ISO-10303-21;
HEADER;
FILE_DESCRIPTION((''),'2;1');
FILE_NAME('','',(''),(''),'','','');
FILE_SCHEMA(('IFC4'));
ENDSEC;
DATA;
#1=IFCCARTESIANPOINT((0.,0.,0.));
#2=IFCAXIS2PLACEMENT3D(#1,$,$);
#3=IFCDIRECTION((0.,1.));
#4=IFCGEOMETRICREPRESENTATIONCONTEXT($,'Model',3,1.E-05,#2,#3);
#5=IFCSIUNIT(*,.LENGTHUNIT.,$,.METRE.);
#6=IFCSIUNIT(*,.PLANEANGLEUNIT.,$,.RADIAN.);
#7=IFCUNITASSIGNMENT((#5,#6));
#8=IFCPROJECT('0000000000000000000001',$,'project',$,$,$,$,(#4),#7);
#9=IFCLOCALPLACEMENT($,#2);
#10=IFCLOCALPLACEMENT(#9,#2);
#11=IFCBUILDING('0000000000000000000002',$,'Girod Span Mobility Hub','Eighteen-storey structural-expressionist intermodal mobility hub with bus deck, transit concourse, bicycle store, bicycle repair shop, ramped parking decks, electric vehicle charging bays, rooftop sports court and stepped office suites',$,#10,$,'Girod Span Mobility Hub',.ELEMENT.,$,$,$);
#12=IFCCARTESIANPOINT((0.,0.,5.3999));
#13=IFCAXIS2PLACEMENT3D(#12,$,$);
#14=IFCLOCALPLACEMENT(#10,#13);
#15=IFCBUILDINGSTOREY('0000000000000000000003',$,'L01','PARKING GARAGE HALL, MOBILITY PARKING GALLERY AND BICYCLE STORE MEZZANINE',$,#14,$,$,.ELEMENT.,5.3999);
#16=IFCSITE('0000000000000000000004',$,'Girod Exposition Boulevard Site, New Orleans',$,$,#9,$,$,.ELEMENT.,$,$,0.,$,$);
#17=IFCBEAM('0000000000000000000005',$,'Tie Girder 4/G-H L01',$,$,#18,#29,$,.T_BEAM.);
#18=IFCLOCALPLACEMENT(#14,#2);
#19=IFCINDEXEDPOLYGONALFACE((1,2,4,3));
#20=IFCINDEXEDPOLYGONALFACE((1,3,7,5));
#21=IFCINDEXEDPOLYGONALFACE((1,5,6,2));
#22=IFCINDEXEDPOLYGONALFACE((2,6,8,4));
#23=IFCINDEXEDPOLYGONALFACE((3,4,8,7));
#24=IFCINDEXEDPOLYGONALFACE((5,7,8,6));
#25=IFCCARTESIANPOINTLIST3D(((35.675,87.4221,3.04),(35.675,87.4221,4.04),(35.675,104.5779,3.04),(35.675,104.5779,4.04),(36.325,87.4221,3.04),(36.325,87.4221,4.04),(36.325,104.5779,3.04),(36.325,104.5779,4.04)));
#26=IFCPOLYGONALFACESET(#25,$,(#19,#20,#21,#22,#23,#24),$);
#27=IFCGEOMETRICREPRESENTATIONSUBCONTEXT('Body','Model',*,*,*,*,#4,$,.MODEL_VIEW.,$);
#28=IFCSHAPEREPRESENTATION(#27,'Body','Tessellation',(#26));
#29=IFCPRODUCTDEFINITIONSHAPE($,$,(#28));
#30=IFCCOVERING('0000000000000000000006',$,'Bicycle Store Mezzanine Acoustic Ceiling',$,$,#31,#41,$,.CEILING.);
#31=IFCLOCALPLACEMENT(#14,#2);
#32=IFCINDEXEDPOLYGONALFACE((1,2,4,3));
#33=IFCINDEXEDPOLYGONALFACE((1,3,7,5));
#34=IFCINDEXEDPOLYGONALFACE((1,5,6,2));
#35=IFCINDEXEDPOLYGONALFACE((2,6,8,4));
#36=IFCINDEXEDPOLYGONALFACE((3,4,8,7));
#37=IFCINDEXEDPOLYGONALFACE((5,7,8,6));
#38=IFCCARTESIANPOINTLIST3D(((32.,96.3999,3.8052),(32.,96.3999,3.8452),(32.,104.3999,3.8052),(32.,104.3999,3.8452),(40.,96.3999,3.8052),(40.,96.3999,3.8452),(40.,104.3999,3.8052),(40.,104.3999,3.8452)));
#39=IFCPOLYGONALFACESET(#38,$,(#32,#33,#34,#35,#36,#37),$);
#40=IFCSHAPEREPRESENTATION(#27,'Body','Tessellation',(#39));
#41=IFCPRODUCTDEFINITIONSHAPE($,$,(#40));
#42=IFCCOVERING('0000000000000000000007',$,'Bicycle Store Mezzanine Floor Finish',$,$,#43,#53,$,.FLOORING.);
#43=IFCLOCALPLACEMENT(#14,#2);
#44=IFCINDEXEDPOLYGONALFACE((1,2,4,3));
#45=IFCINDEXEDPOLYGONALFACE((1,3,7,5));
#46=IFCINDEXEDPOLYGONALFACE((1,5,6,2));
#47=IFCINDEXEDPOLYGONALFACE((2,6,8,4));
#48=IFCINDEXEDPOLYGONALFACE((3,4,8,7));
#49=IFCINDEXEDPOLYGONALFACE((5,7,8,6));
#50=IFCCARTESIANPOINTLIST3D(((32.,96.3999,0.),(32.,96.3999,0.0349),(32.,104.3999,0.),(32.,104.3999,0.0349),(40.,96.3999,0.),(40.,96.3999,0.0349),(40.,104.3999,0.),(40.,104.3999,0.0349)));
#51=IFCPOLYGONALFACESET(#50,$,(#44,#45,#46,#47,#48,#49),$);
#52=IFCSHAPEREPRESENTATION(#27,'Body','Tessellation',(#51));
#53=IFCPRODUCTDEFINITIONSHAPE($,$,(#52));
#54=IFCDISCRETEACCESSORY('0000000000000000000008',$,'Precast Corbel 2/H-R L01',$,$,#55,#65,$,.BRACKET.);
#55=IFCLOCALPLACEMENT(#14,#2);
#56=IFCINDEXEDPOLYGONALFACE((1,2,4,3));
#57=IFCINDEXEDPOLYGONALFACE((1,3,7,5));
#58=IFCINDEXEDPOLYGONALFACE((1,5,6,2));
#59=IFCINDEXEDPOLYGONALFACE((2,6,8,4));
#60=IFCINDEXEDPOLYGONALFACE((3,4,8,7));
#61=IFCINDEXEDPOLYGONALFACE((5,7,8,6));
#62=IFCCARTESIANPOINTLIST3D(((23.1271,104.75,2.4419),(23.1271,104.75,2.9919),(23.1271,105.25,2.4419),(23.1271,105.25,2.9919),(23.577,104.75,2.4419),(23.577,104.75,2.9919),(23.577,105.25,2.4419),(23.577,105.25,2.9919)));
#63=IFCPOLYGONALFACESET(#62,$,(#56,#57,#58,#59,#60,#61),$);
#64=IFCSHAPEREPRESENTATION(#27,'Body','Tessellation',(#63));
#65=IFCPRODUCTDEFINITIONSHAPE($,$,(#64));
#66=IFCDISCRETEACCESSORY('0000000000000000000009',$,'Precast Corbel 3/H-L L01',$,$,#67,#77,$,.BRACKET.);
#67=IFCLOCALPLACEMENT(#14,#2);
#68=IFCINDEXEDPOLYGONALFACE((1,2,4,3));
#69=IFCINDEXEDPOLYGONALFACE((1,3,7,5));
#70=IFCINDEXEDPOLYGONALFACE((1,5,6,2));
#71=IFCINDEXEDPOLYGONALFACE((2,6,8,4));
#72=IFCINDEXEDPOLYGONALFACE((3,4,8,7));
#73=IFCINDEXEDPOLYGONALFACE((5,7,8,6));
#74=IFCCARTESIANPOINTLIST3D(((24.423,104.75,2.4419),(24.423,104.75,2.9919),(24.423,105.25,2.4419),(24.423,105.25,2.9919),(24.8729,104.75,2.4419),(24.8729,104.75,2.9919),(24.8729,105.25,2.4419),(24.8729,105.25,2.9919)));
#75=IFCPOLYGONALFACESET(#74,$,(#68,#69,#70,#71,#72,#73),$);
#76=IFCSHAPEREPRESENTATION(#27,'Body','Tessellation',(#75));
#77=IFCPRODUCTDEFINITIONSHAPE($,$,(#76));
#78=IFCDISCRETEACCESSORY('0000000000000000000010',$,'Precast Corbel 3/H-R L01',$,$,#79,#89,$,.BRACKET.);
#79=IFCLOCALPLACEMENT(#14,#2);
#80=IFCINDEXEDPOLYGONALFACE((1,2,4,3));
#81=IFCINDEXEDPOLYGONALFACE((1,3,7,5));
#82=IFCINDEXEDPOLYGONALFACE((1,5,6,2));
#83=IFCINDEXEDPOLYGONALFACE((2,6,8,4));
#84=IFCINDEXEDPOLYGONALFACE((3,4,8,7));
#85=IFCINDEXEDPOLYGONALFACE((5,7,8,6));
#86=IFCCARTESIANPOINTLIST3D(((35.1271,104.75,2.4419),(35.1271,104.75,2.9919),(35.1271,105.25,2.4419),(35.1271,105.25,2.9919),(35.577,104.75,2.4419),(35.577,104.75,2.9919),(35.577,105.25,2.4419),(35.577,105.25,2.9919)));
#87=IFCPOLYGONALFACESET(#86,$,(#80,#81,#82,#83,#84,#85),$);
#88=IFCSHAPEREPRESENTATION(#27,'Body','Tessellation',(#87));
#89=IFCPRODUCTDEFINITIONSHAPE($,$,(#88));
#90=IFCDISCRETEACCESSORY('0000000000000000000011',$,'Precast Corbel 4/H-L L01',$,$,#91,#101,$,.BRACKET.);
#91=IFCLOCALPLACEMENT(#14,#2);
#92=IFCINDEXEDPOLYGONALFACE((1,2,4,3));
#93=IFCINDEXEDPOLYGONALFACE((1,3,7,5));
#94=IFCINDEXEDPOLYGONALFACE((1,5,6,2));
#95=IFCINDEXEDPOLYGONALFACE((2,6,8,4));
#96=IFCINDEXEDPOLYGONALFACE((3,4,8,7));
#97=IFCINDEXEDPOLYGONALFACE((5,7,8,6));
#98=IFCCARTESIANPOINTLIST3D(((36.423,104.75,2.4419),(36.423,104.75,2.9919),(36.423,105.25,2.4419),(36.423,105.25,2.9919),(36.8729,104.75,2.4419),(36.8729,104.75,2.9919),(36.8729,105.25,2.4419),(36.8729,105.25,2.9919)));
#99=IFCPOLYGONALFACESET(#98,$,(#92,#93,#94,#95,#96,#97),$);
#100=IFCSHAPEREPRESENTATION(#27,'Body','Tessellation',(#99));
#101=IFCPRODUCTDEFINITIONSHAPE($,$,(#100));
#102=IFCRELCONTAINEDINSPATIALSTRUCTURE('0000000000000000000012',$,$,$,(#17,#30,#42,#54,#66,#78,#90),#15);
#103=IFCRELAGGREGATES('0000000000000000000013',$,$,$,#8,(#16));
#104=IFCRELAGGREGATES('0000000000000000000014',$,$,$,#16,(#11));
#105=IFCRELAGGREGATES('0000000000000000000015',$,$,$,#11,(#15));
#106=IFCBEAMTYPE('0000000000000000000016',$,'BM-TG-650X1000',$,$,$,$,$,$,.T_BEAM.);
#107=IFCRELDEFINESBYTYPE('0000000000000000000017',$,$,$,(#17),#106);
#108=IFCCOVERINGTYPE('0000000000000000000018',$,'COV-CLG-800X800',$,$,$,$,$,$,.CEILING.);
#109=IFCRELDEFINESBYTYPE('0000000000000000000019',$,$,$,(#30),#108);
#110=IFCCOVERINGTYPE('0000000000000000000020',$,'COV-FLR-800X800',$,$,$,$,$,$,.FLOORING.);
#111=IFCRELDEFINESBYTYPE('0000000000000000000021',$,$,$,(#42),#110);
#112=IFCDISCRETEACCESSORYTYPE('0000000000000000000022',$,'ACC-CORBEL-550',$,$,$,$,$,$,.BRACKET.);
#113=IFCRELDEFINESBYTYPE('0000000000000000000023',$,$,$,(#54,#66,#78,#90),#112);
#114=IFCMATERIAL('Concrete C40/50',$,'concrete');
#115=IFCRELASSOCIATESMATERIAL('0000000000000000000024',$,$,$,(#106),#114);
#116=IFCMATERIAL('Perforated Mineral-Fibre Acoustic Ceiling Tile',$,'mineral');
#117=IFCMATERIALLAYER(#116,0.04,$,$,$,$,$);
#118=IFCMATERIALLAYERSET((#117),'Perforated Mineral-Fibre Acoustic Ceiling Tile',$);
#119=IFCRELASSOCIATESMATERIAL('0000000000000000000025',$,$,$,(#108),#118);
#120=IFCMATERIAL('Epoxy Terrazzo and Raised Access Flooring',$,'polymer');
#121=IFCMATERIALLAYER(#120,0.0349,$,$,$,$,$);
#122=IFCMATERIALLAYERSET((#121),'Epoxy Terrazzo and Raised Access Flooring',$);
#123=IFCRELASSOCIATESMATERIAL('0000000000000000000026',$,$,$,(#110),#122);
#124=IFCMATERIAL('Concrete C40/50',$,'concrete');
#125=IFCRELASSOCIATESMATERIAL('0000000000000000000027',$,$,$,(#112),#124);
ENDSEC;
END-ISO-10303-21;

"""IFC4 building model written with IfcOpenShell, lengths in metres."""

from ifc_helpers import new_model, si_unit, direction, frame, origin, origin_2d, place, context, subcontext, project, spatial, rectangle, extrude, material, layer, layer_set, material_profile, profile_set, type_object, element, save


model = new_model("IFC4")

# Units and contexts
model_context = context("Model", 3, precision=1e-05, world=origin(), true_north=direction((0.0, 1.0)))
body_context = subcontext(model_context, "Body", "Model", "MODEL_VIEW")
ifc_project = project(units=[si_unit("LENGTHUNIT", "METRE"), si_unit("PLANEANGLEUNIT", "RADIAN")], contexts=[model_context])

# Site, building, storey
site_placement = place(None, origin())
site = spatial("IfcSite", under=ifc_project, at=site_placement, Name="Girod Exposition Boulevard Site, New Orleans", CompositionType="ELEMENT", RefElevation=0.0)
building_placement = place(site_placement, origin())
building = spatial("IfcBuilding", under=site, at=building_placement, Name="Girod Span Mobility Hub", Description="Eighteen-storey structural-expressionist intermodal mobility hub with bus deck, transit concourse, bicycle store, bicycle repair shop, ramped parking decks, electric vehicle charging bays, rooftop sports court and stepped office suites", LongName="Girod Span Mobility Hub", CompositionType="ELEMENT")
storey_placement = place(building_placement, frame((0.0, 0.0, 5.3999)))
storey = spatial("IfcBuildingStorey", under=building, at=storey_placement, Name="L01", Description="PARKING GARAGE HALL, MOBILITY PARKING GALLERY AND BICYCLE STORE MEZZANINE", CompositionType="ELEMENT", Elevation=5.3999)

# Beam
ifc_material_1 = material(Name="Concrete C40/50", Category="concrete")
ifc_material_profile_1 = material_profile(ifc_material_1, rectangle(XDim=0.6499, YDim=1.0, at=origin_2d()), Name="TG-650X1000")
ifc_profile_set_1 = profile_set([ifc_material_profile_1], Name="Concrete C40/50")
beam_type_1 = type_object("IfcBeamType", Name="BM-TG-650X1000", PredefinedType="T_BEAM", material=ifc_profile_set_1)
beam_1_placement = place(storey_placement, frame((36.0, 87.4221, 3.54), z_axis=(0.0, 1.0, 0.0), x_axis=(-1.0, 0.0, 0.0)))
element("IfcBeam", 1, at=beam_1_placement, inside=storey, type_object=beam_type_1, Name="Tie Girder 4/G-H L01", PredefinedType="T_BEAM", context=body_context, shape_type="SweptSolid", body=[
    extrude(rectangle(XDim=0.6499, YDim=1.0, at=origin_2d()), origin(), (0.0, 0.0, 1.0), 17.1558),
])

# Coverings
ifc_material_2 = material(Name="Perforated Mineral-Fibre Acoustic Ceiling Tile", Category="mineral")
ifc_layer_1 = layer(ifc_material_2, 0.04)
ifc_layer_set_1 = layer_set([ifc_layer_1], Name="Perforated Mineral-Fibre Acoustic Ceiling Tile")
covering_type_1 = type_object("IfcCoveringType", Name="COV-CLG-800X800", PredefinedType="CEILING", material=ifc_layer_set_1)
covering_1_placement = place(storey_placement, frame((36.0, 100.3999, 3.8052), z_axis=(0.0, 0.0, 1.0), x_axis=(1.0, 0.0, 0.0)))
element("IfcCovering", 2, at=covering_1_placement, inside=storey, type_object=covering_type_1, Name="Bicycle Store Mezzanine Acoustic Ceiling", PredefinedType="CEILING", context=body_context, shape_type="SweptSolid", body=[
    extrude(rectangle(XDim=8.0, YDim=8.0, at=origin_2d()), origin(), (0.0, 0.0, 1.0), 0.04),
])
ifc_material_3 = material(Name="Epoxy Terrazzo and Raised Access Flooring", Category="polymer")
ifc_layer_2 = layer(ifc_material_3, 0.0349)
ifc_layer_set_2 = layer_set([ifc_layer_2], Name="Epoxy Terrazzo and Raised Access Flooring")
covering_type_2 = type_object("IfcCoveringType", Name="COV-FLR-800X800", PredefinedType="FLOORING", material=ifc_layer_set_2)
covering_2_placement = place(storey_placement, frame((36.0, 100.3999, 0.0), z_axis=(0.0, 0.0, 1.0), x_axis=(1.0, 0.0, 0.0)))
element("IfcCovering", 3, at=covering_2_placement, inside=storey, type_object=covering_type_2, Name="Bicycle Store Mezzanine Floor Finish", PredefinedType="FLOORING", context=body_context, shape_type="SweptSolid", body=[
    extrude(rectangle(XDim=8.0, YDim=8.0, at=origin_2d()), origin(), (0.0, 0.0, 1.0), 0.0349),
])

# Discrete accessories
ifc_material_4 = material(Name="Concrete C40/50", Category="concrete")
discrete_accessory_type = type_object("IfcDiscreteAccessoryType", Name="ACC-CORBEL-550", PredefinedType="BRACKET", material=ifc_material_4)
for number, where, z_axis, x_axis, name in (
    (4, (23.3521, 105.0, 2.4419), (0.0, 0.0, 1.0), (1.0, 0.0, 0.0), "Precast Corbel 2/H-R L01"),
    (5, (24.6479, 105.0, 2.4419), (0.0, 0.0, 1.0), (1.0, 0.0, 0.0), "Precast Corbel 3/H-L L01"),
    (6, (35.3521, 105.0, 2.4419), (0.0, 0.0, 1.0), (1.0, 0.0, 0.0), "Precast Corbel 3/H-R L01"),
    (7, (36.6479, 105.0, 2.4419), (0.0, 0.0, 1.0), (1.0, 0.0, 0.0), "Precast Corbel 4/H-L L01"),
):
    element("IfcDiscreteAccessory", number, at=place(storey_placement, frame(where, z_axis=z_axis, x_axis=x_axis)), inside=storey, type_object=discrete_accessory_type, Name=name, PredefinedType="BRACKET", context=body_context, shape_type="SweptSolid", body=[
        extrude(rectangle(XDim=0.45, YDim=0.5, at=origin_2d()), origin(), (0.0, 0.0, 1.0), 0.55),
    ])

save(model, "model.ifc")
